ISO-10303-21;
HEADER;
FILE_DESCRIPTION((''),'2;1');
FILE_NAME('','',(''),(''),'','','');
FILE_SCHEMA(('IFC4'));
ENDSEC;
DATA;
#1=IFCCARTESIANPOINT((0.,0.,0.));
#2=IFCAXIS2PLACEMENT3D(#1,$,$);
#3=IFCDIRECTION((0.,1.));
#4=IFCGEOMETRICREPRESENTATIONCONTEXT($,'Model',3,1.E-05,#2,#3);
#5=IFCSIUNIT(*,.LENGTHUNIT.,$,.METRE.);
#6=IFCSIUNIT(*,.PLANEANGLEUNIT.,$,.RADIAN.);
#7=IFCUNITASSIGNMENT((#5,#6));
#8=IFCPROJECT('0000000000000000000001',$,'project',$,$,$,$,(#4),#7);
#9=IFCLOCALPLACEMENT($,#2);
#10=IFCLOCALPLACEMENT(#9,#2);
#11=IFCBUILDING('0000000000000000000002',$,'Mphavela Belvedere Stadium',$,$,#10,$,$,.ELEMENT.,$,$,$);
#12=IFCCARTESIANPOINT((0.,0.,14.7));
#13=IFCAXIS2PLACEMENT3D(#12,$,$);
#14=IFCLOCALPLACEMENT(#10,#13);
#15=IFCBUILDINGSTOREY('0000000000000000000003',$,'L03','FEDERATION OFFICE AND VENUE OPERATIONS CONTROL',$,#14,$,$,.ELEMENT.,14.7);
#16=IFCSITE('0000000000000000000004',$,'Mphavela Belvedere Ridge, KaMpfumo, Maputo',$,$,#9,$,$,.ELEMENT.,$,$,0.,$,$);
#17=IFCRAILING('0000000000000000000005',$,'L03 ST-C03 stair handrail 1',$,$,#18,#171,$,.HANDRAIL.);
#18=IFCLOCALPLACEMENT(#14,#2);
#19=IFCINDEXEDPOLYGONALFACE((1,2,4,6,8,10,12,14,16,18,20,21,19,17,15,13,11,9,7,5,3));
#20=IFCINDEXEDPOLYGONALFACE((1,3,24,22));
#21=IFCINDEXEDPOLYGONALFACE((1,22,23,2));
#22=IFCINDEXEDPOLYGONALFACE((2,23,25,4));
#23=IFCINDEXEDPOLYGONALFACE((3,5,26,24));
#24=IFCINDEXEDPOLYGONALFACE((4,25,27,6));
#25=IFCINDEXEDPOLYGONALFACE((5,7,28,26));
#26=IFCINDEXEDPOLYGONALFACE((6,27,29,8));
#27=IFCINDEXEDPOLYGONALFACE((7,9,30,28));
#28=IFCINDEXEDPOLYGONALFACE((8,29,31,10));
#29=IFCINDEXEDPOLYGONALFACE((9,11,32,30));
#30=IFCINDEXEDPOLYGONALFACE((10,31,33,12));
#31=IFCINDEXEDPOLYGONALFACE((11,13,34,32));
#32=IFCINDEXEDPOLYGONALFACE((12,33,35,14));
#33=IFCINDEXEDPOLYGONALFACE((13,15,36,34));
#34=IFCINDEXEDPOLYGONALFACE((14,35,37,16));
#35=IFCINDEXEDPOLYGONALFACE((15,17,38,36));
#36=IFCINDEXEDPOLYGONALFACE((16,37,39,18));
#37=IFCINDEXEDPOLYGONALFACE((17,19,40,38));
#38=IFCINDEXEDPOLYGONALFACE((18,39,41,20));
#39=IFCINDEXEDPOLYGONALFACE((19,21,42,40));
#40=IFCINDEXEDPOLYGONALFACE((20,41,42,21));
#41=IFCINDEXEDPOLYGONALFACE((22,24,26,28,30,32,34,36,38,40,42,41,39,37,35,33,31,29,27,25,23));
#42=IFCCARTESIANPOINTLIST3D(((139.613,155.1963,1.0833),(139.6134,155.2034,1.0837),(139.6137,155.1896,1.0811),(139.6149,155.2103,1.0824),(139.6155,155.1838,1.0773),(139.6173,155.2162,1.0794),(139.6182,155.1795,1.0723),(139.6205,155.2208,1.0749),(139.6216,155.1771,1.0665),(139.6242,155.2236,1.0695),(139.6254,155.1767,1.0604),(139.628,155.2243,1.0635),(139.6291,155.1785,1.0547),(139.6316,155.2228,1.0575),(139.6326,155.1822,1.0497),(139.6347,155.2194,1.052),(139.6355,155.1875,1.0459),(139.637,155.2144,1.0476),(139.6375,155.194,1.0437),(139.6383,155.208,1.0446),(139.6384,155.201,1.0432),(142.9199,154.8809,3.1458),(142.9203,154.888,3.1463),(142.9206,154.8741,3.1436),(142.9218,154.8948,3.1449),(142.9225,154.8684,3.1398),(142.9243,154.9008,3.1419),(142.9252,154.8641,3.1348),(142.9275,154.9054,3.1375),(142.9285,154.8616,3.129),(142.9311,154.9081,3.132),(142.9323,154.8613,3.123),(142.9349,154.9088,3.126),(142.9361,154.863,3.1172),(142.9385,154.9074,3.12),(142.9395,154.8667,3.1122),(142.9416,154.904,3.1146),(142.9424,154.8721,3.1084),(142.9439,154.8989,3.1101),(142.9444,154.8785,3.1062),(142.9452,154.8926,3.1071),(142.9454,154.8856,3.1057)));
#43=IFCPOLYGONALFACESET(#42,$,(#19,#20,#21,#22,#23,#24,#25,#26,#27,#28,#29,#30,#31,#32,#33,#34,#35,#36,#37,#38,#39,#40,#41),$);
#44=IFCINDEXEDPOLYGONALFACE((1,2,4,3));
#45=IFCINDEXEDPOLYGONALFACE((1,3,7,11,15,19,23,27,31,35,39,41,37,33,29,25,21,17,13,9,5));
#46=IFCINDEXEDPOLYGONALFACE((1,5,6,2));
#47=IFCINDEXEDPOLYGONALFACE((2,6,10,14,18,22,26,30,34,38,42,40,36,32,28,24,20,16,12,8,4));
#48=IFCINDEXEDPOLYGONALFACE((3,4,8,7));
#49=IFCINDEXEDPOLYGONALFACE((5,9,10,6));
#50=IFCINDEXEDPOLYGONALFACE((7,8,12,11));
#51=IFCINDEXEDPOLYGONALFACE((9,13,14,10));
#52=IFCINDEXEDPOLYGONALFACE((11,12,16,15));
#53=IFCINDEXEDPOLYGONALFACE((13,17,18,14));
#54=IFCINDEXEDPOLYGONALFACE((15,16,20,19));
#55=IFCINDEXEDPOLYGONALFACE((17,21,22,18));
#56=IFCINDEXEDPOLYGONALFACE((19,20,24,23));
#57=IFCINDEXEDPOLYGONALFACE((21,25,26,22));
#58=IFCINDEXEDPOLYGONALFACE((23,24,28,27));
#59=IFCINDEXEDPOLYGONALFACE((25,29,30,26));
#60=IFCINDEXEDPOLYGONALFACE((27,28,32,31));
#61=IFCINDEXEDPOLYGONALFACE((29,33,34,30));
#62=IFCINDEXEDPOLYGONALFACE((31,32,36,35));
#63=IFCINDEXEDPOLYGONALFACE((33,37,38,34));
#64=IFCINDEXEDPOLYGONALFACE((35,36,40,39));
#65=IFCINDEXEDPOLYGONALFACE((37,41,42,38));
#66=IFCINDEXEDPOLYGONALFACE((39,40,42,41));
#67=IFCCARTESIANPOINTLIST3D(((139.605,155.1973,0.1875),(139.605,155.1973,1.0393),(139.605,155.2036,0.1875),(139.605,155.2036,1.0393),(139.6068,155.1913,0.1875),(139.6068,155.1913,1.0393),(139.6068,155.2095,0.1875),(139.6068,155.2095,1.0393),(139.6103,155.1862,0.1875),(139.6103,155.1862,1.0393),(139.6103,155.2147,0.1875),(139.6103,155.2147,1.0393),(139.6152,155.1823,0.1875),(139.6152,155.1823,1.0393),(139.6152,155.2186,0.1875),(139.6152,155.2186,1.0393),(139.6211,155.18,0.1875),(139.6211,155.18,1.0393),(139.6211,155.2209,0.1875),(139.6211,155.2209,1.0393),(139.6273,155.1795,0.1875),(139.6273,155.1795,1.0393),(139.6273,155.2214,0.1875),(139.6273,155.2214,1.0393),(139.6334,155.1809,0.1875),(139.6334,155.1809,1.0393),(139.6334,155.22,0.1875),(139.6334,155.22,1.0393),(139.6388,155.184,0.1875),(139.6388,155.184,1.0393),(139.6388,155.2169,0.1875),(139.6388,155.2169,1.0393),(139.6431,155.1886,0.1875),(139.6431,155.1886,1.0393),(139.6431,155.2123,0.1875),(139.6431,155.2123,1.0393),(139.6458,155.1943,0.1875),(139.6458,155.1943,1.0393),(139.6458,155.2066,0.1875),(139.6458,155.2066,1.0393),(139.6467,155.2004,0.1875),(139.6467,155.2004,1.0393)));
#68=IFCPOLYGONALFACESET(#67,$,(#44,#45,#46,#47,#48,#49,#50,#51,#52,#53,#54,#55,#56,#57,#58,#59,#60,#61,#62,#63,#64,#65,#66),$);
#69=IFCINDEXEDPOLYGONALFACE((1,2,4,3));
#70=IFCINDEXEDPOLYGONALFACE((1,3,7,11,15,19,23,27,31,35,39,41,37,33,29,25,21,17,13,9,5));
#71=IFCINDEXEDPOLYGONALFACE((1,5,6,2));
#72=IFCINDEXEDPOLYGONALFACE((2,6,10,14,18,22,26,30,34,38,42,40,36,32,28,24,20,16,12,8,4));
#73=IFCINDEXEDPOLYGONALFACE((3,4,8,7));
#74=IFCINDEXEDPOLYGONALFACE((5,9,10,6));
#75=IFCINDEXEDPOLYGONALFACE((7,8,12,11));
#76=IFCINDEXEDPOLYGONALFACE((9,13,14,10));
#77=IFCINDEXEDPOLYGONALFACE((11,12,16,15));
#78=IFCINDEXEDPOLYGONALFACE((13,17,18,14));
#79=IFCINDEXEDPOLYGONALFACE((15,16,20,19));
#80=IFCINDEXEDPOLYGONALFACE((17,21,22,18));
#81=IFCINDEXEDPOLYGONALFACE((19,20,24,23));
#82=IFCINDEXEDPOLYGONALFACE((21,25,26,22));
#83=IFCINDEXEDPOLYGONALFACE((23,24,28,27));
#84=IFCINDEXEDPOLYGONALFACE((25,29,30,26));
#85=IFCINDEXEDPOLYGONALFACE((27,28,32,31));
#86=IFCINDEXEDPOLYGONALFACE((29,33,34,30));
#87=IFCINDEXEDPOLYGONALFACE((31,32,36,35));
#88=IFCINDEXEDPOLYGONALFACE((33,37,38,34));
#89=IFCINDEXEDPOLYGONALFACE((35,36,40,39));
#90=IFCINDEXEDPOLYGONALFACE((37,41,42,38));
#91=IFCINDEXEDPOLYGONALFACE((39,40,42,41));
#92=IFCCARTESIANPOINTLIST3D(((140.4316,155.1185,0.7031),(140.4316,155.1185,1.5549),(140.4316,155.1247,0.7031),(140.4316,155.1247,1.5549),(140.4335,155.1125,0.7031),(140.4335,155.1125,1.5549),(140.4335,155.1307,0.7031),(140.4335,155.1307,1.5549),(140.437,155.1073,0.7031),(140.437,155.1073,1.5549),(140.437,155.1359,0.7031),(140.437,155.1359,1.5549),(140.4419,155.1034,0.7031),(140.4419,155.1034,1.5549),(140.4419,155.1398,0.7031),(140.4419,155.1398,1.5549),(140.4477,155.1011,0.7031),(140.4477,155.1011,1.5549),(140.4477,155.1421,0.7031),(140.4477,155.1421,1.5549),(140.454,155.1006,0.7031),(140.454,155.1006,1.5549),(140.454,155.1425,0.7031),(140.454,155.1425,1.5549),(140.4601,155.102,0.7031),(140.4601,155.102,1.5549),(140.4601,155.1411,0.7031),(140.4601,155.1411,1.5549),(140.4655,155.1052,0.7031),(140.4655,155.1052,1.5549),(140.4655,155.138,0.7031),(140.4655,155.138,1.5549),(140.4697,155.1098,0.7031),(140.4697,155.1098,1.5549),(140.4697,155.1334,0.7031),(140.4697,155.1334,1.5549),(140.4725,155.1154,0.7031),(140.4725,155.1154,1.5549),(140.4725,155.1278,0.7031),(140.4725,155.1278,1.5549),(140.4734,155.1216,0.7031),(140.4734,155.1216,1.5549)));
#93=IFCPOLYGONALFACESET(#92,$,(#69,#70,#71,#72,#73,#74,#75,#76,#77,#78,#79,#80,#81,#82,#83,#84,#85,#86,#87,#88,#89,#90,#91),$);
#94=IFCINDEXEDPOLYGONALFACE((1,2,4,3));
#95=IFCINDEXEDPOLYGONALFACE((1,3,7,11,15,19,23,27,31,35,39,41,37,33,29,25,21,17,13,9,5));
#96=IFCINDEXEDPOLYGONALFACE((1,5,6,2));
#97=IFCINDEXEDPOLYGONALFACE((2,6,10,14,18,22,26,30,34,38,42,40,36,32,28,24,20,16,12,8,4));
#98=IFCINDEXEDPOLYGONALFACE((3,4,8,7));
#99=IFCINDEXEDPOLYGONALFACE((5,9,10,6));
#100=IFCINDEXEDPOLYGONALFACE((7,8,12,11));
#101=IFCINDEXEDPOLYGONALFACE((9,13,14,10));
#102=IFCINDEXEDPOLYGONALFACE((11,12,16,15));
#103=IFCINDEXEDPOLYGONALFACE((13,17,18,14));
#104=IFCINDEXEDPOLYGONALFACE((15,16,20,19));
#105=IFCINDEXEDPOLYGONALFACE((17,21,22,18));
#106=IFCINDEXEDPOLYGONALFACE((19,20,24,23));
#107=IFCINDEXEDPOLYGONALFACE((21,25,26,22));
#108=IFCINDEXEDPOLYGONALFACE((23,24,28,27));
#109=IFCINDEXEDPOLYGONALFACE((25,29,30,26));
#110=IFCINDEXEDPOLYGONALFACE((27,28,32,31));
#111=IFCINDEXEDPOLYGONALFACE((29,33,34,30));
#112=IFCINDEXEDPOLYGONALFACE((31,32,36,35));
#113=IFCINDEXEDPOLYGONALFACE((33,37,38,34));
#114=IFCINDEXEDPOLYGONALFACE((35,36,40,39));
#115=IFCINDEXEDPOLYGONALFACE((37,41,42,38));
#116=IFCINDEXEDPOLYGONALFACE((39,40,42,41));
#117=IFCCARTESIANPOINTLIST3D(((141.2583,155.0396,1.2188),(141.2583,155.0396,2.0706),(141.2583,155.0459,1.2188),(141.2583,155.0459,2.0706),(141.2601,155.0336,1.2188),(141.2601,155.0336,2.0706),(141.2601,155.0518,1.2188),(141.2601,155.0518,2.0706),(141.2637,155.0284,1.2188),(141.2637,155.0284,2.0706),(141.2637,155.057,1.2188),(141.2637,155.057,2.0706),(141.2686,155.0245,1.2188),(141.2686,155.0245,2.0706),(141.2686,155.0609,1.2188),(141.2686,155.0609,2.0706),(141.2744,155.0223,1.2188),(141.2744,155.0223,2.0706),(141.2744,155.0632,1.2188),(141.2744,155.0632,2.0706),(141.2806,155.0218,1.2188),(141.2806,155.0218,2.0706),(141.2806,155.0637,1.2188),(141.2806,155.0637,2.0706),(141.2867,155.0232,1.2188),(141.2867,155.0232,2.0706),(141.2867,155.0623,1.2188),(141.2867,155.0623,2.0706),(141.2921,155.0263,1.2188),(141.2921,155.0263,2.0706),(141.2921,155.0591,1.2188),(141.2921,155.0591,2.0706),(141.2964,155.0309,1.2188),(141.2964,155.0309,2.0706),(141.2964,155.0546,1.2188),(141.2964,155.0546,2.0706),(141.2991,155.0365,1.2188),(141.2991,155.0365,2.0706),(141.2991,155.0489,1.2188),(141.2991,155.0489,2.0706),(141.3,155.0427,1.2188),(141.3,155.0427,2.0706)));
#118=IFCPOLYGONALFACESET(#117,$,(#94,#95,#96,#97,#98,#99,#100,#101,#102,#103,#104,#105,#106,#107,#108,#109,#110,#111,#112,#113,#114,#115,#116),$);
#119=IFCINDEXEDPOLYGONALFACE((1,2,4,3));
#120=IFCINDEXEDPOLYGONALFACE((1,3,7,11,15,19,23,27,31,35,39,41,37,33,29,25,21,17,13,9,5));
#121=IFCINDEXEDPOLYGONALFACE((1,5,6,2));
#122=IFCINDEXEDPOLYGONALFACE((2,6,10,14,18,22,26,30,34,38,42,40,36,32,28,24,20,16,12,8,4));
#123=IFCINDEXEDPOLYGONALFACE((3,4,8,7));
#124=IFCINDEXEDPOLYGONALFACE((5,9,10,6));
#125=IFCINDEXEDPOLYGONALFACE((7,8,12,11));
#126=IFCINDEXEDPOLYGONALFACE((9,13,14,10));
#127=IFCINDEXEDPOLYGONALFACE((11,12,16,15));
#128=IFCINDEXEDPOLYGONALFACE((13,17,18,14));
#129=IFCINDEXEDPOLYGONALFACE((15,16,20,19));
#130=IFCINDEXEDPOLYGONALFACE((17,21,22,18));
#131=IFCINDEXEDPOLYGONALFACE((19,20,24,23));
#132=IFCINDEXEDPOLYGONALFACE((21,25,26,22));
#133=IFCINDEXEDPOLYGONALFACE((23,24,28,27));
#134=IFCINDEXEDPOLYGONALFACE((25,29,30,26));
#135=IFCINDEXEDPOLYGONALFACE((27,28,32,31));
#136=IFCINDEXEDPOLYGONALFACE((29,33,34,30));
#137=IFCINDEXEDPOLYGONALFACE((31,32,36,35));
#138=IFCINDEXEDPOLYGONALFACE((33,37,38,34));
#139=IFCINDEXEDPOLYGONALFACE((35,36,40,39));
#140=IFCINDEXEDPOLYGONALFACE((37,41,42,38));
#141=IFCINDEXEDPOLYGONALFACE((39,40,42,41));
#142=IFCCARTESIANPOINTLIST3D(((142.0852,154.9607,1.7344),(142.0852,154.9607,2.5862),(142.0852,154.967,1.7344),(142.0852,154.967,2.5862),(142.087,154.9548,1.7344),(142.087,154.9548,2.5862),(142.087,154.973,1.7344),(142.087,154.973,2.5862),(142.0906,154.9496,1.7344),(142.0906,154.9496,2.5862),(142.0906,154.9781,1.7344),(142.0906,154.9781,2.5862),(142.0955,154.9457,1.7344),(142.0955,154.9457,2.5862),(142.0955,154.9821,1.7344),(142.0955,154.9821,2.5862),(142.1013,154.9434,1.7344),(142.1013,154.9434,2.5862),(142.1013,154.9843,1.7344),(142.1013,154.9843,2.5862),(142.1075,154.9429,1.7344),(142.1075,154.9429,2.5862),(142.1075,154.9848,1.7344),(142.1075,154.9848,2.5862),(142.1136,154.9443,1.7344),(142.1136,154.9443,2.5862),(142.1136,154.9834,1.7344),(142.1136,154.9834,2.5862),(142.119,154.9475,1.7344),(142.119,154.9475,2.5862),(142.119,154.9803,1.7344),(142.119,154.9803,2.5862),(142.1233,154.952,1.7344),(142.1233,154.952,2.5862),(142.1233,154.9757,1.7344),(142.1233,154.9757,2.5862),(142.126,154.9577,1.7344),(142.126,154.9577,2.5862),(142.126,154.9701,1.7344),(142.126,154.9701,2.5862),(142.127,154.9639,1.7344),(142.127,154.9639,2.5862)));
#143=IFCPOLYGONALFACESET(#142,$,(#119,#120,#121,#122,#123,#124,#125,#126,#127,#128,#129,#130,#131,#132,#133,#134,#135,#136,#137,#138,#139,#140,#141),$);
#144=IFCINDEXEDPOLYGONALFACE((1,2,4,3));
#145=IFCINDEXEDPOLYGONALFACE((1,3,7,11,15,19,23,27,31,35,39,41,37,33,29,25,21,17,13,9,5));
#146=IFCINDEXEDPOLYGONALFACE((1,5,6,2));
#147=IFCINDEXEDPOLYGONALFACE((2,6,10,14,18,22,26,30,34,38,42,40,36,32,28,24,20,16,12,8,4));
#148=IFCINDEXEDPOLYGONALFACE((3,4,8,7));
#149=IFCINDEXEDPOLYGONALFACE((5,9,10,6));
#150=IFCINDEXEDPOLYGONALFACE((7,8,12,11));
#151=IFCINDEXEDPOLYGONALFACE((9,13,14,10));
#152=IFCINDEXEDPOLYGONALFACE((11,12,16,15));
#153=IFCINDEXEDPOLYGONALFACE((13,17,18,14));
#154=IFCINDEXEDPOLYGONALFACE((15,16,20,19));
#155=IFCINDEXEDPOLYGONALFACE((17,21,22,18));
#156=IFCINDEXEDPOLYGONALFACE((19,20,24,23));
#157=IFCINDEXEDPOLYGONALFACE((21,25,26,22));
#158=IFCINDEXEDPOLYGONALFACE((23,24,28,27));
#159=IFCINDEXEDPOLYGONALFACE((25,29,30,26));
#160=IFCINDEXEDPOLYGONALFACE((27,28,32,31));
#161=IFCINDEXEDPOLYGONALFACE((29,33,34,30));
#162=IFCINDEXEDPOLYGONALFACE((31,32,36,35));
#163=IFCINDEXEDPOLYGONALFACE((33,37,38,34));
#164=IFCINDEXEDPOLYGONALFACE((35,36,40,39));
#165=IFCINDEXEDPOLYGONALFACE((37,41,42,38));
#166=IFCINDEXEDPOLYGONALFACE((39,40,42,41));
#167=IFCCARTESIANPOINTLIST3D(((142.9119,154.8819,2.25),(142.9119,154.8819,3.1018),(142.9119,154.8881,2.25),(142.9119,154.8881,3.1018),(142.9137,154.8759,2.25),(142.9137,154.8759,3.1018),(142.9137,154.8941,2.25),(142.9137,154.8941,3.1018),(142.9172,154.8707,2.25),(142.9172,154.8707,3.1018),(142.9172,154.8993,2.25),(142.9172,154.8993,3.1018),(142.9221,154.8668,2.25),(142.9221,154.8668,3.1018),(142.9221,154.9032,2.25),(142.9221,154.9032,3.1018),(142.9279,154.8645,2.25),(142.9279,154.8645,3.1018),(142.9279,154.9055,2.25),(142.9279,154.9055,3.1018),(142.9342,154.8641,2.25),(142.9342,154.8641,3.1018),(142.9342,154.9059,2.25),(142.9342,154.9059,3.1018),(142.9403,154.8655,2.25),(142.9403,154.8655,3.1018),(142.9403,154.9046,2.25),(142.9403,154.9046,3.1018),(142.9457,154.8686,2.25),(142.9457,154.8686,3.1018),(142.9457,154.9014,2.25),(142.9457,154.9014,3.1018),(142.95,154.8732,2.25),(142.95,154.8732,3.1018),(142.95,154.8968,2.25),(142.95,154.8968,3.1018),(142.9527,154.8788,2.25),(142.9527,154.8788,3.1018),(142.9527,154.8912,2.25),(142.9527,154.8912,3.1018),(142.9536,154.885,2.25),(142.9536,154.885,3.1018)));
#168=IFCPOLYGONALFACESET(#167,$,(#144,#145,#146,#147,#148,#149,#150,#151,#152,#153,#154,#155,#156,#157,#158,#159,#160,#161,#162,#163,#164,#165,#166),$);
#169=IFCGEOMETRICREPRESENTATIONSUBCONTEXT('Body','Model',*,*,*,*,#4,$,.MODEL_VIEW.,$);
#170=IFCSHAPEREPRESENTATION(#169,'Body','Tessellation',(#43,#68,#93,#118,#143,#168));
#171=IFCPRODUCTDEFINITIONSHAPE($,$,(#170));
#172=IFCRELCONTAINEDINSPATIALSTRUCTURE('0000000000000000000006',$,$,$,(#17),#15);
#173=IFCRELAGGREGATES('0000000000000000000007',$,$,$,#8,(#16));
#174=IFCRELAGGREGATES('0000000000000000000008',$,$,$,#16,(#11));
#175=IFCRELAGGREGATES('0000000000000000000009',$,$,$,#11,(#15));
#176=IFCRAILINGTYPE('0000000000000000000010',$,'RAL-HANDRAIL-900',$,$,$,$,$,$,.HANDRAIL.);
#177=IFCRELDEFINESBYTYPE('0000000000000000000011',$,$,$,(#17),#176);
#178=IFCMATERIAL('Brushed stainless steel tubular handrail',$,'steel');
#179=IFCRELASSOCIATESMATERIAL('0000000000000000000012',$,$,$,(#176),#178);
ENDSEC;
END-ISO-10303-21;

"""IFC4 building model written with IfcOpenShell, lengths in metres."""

from ifc_helpers import new_model, si_unit, direction, frame, origin, origin_2d, place, context, subcontext, project, spatial, circle, extrude, material, type_object, element, save


model = new_model("IFC4")

# Units and contexts
model_context = context("Model", 3, precision=1e-05, world=origin(), true_north=direction((0.0, 1.0)))
body_context = subcontext(model_context, "Body", "Model", "MODEL_VIEW")
ifc_project = project(units=[si_unit("LENGTHUNIT", "METRE"), si_unit("PLANEANGLEUNIT", "RADIAN")], contexts=[model_context])

# Site, building, storey
site_placement = place(None, origin())
site = spatial("IfcSite", under=ifc_project, at=site_placement, Name="Mphavela Belvedere Ridge, KaMpfumo, Maputo", CompositionType="ELEMENT", RefElevation=0.0)
building_placement = place(site_placement, origin())
building = spatial("IfcBuilding", under=site, at=building_placement, Name="Mphavela Belvedere Stadium", CompositionType="ELEMENT")
storey_placement = place(building_placement, frame((0.0, 0.0, 14.7)))
storey = spatial("IfcBuildingStorey", under=building, at=storey_placement, Name="L03", Description="FEDERATION OFFICE AND VENUE OPERATIONS CONTROL", CompositionType="ELEMENT", Elevation=14.7)

# Railing
ifc_material_1 = material(Name="Brushed stainless steel tubular handrail", Category="steel")
railing_type_1 = type_object("IfcRailingType", Name="RAL-HANDRAIL-900", PredefinedType="HANDRAIL", material=ifc_material_1)
railing_1_placement = place(storey_placement, frame((139.6257, 155.2004, 0.1875)))
element("IfcRailing", 1, at=railing_1_placement, inside=storey, type_object=railing_type_1, Name="L03 ST-C03 stair handrail 1", PredefinedType="HANDRAIL", context=body_context, shape_type="SweptSolid", body=[
    extrude(circle(Radius=0.0239, at=origin_2d()), frame((0.0, 0.0, 0.876), z_axis=(0.845729, -0.08067, 0.52748), x_axis=(0.094955, 0.995482, 0.0)), (0.0, 0.0, 1.0), 3.9102),
    extrude(circle(Radius=0.021, at=origin_2d()), origin(), (0.0, 0.0, 1.0), 0.8518),
    extrude(circle(Radius=0.021, at=origin_2d()), frame((0.8267, -0.0789, 0.5156)), (0.0, 0.0, 1.0), 0.8518),
    extrude(circle(Radius=0.021, at=origin_2d()), frame((1.6533, -0.1577, 1.0312)), (0.0, 0.0, 1.0), 0.8518),
    extrude(circle(Radius=0.021, at=origin_2d()), frame((2.4802, -0.2366, 1.5469)), (0.0, 0.0, 1.0), 0.8518),
    extrude(circle(Radius=0.021, at=origin_2d()), frame((3.3069, -0.3154, 2.0625)), (0.0, 0.0, 1.0), 0.8518),
])

save(model, "model.ifc")
